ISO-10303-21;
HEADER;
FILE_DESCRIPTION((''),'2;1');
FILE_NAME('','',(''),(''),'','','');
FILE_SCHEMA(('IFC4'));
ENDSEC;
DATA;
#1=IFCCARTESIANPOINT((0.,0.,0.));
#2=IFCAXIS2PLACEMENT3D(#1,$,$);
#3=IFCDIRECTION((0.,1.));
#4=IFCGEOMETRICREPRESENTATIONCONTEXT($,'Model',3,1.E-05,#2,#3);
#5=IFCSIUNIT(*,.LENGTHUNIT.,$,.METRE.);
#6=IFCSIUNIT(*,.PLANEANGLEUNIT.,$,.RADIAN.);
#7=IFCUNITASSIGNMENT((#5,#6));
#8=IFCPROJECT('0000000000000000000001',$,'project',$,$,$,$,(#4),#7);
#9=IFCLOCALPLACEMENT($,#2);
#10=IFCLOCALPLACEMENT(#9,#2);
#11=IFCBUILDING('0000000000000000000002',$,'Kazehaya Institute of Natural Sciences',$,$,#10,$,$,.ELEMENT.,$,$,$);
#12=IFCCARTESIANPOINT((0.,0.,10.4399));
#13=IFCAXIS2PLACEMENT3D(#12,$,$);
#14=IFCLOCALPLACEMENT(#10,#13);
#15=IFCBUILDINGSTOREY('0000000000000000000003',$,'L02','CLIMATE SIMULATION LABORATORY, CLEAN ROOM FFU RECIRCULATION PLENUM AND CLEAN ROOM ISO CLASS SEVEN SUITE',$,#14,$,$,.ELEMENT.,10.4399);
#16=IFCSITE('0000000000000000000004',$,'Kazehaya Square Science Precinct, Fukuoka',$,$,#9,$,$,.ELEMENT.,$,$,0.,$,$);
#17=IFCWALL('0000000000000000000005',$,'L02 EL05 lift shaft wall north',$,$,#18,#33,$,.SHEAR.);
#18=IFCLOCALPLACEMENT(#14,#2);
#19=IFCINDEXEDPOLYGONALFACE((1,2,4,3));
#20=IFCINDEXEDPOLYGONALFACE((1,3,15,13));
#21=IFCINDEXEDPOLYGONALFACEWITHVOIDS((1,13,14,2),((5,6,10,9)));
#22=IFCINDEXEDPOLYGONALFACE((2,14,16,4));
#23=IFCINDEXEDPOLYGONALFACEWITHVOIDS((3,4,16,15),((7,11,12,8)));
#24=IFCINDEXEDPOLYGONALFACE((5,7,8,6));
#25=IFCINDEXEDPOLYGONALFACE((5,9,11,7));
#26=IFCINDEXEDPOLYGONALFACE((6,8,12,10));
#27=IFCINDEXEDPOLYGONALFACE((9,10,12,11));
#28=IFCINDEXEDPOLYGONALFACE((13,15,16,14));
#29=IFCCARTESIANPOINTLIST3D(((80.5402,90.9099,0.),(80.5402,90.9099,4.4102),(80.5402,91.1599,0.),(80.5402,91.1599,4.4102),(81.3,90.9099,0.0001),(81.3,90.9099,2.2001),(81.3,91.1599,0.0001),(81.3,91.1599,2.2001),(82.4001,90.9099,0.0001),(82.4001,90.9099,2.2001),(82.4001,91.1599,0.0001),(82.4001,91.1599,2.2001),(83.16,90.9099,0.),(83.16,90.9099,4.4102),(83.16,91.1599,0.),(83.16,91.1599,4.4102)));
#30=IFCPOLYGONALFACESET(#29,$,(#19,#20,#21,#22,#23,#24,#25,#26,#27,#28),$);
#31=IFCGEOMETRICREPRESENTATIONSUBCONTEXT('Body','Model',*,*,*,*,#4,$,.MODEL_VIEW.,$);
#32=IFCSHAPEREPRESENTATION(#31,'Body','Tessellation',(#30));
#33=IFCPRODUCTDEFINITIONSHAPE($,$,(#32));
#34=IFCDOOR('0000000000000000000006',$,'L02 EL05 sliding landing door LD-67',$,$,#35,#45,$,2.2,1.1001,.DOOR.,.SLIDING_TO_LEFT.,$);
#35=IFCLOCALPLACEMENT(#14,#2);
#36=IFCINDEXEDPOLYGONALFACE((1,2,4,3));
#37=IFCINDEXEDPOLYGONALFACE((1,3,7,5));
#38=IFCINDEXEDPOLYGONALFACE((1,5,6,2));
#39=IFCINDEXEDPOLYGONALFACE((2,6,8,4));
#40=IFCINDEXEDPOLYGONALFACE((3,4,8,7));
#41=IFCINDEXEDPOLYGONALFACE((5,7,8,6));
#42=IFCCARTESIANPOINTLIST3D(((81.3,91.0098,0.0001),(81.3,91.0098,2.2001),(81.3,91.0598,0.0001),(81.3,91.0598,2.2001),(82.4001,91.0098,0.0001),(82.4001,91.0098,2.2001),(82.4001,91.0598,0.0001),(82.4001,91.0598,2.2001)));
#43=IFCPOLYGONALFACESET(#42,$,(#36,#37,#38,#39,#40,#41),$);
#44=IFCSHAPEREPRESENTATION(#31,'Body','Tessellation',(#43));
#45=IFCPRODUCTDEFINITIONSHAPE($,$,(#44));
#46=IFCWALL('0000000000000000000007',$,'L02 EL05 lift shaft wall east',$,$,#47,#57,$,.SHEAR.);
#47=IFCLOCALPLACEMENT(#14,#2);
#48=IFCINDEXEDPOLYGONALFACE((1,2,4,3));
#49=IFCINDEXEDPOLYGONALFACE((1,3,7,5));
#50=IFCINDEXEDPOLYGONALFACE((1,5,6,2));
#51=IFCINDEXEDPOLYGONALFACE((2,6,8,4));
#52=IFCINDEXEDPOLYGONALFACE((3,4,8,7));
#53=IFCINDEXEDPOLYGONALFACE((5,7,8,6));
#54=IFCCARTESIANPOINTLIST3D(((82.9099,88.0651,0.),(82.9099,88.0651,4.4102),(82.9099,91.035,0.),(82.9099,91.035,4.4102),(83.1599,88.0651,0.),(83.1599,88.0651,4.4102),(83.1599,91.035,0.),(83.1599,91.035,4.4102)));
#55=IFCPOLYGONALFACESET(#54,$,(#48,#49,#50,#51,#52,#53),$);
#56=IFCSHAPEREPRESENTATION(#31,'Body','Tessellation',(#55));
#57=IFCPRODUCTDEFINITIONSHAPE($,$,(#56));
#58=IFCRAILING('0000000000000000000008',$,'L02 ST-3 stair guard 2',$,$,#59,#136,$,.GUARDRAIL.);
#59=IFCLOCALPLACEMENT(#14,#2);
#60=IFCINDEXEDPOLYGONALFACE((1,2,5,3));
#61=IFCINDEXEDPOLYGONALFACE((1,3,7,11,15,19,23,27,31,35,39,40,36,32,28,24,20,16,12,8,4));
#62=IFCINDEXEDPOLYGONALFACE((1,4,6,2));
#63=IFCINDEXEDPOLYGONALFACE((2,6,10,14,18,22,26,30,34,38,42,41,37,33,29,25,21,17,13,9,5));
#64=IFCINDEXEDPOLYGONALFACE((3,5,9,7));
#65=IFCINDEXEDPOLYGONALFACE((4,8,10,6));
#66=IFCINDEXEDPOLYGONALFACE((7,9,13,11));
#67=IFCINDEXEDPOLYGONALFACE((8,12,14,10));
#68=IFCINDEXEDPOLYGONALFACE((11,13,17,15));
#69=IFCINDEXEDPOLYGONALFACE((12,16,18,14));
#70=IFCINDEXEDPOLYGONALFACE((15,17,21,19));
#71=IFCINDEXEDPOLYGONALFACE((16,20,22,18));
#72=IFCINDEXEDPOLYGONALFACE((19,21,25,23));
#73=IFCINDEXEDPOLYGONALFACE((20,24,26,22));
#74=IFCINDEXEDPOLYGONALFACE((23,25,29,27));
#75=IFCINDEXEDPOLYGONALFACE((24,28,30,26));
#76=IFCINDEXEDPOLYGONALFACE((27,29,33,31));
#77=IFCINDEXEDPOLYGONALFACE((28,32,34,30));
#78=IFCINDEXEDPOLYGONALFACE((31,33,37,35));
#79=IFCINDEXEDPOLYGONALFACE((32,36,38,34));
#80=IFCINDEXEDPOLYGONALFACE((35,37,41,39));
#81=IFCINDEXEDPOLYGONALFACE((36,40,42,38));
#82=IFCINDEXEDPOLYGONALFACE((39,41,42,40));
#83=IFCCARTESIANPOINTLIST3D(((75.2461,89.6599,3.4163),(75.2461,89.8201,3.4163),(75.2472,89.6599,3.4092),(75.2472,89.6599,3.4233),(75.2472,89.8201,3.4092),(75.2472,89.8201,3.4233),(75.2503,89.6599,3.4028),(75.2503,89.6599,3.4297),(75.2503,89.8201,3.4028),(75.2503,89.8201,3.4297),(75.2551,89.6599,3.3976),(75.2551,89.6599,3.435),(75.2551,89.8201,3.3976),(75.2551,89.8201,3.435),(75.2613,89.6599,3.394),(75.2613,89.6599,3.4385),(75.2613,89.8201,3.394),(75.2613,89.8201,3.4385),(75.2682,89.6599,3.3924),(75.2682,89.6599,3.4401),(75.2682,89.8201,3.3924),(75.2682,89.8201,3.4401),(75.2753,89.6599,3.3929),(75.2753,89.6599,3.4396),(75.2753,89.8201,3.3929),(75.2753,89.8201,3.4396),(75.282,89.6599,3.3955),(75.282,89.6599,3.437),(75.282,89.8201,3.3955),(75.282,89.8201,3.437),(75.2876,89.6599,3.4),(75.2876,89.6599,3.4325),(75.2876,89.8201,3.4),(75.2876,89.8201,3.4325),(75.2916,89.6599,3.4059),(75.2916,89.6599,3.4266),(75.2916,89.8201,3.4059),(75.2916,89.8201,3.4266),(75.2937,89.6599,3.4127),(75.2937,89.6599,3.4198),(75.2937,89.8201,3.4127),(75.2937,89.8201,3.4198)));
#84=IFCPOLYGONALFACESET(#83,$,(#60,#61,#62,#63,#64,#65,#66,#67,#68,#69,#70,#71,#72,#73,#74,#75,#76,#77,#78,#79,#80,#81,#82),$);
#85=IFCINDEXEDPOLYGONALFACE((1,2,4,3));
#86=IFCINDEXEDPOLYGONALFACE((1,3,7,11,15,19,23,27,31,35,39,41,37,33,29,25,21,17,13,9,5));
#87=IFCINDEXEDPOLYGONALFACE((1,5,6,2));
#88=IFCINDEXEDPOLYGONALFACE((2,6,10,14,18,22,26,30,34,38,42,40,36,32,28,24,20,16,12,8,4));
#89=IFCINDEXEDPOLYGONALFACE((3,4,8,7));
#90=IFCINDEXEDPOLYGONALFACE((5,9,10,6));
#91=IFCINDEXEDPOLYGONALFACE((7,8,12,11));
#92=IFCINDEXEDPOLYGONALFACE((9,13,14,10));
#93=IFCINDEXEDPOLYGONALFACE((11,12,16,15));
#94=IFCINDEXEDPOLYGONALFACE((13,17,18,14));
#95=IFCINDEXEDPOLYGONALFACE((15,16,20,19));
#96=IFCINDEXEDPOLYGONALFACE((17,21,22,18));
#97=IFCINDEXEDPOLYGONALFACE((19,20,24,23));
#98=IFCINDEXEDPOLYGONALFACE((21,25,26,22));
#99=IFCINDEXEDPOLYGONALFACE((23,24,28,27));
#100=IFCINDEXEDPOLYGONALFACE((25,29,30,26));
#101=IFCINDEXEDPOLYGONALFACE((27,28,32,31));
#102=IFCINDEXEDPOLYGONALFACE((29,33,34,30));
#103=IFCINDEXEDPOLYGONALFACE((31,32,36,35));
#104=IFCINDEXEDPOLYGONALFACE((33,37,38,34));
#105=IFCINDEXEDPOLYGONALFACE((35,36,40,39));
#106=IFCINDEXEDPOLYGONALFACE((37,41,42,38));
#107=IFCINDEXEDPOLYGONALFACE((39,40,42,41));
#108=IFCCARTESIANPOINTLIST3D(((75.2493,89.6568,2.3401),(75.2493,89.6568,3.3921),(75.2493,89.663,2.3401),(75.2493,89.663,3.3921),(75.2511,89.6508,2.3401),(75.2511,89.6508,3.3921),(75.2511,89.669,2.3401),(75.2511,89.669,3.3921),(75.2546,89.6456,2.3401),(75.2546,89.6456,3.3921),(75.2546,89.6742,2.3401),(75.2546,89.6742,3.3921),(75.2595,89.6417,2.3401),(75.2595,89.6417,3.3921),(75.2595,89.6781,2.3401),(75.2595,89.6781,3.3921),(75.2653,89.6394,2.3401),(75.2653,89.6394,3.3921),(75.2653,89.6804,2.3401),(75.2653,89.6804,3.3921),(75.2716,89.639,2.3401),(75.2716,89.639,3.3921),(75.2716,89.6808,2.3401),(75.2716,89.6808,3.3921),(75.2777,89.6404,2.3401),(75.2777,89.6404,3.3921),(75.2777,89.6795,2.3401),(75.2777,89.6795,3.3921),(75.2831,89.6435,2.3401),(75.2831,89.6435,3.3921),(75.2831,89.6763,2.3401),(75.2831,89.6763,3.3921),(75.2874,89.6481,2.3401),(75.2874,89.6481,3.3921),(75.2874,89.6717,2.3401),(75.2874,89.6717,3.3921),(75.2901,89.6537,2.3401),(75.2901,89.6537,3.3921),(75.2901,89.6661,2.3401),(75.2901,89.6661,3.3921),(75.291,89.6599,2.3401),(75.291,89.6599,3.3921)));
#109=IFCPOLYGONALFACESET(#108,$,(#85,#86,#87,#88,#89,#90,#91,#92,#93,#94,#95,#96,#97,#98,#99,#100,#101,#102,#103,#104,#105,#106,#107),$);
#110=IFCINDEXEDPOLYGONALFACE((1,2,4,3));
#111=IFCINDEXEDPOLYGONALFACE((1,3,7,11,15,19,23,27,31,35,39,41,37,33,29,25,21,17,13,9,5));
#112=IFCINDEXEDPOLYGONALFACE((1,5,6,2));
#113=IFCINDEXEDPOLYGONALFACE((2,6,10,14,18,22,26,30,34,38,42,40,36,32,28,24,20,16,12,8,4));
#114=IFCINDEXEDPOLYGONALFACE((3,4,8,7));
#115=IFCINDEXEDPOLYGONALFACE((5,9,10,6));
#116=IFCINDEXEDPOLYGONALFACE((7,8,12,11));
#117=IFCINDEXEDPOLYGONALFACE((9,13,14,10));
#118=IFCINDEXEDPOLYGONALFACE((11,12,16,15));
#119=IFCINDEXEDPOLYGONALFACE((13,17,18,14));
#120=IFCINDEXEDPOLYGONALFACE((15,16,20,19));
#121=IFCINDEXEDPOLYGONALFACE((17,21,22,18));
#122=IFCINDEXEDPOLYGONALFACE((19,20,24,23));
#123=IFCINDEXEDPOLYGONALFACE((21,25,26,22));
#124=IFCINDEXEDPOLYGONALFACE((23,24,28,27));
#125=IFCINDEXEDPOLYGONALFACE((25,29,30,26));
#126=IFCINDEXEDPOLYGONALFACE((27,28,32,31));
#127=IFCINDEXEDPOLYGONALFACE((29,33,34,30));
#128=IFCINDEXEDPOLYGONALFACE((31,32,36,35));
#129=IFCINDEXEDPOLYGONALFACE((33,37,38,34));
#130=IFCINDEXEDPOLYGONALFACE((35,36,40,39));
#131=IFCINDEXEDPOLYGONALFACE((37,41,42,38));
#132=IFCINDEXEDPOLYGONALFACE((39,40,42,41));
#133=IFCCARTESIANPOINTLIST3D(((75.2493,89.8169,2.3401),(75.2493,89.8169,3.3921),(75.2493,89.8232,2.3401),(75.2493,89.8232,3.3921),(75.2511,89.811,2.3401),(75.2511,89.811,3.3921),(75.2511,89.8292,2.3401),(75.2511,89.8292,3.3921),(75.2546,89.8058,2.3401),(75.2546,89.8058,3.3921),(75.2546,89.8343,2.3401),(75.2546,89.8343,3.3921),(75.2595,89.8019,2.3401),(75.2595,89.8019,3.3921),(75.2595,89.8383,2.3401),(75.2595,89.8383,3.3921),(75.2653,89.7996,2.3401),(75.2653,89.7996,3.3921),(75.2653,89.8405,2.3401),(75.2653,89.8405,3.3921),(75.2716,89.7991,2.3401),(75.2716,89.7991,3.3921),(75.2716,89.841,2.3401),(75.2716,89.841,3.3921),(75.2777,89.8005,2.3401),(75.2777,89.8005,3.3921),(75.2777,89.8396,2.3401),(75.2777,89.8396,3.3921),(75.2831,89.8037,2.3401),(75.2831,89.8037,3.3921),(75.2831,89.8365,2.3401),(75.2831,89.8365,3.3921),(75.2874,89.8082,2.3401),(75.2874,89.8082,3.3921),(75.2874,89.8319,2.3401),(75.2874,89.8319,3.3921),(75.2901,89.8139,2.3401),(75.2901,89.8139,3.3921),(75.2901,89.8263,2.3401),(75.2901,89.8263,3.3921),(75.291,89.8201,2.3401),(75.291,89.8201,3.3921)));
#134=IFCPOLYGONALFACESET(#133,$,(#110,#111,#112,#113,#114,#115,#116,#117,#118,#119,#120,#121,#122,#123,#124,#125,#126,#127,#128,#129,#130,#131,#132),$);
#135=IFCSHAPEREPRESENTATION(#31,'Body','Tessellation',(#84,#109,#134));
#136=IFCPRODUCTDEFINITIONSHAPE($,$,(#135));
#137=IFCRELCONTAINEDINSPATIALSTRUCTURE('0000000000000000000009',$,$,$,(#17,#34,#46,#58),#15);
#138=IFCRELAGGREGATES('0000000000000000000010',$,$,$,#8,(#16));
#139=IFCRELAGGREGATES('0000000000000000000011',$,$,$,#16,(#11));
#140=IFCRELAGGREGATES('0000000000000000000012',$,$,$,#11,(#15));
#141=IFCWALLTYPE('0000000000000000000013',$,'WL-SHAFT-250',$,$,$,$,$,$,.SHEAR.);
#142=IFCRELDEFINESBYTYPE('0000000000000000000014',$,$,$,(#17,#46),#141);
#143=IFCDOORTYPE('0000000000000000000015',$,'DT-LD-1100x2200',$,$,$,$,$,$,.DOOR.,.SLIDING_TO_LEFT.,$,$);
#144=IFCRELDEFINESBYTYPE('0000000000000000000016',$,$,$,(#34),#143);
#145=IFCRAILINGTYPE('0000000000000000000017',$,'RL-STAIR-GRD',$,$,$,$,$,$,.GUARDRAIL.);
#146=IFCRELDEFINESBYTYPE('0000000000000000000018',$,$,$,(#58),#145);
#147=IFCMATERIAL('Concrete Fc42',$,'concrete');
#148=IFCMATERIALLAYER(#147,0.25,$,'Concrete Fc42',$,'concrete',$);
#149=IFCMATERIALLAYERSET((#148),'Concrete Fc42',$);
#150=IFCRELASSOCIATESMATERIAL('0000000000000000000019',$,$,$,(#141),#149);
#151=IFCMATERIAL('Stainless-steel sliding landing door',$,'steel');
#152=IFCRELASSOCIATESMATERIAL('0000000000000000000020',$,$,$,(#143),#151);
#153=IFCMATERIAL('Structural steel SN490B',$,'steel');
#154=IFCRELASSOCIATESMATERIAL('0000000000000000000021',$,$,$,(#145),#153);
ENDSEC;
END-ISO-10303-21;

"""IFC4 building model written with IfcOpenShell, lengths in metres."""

from ifc_helpers import new_model, si_unit, direction, frame, frame_2d, origin, origin_2d, place, context, subcontext, project, spatial, rectangle, circle, extrude, material, layer, layer_set, type_object, element, fill, save


model = new_model("IFC4")

# Units and contexts
model_context = context("Model", 3, precision=1e-05, world=origin(), true_north=direction((0.0, 1.0)))
body_context = subcontext(model_context, "Body", "Model", "MODEL_VIEW")
ifc_project = project(units=[si_unit("LENGTHUNIT", "METRE"), si_unit("PLANEANGLEUNIT", "RADIAN")], contexts=[model_context])

# Site, building, storey
site_placement = place(None, origin())
site = spatial("IfcSite", under=ifc_project, at=site_placement, Name="Kazehaya Square Science Precinct, Fukuoka", CompositionType="ELEMENT", RefElevation=0.0)
building_placement = place(site_placement, origin())
building = spatial("IfcBuilding", under=site, at=building_placement, Name="Kazehaya Institute of Natural Sciences", CompositionType="ELEMENT")
storey_placement = place(building_placement, frame((0.0, 0.0, 10.4399)))
storey = spatial("IfcBuildingStorey", under=building, at=storey_placement, Name="L02", Description="CLIMATE SIMULATION LABORATORY, CLEAN ROOM FFU RECIRCULATION PLENUM AND CLEAN ROOM ISO CLASS SEVEN SUITE", CompositionType="ELEMENT", Elevation=10.4399)

# Shared definitions
ifc_material_1 = material(Name="Concrete Fc42", Category="concrete")

# Shared definitions
ifc_layer_1 = layer(ifc_material_1, 0.25, Name="Concrete Fc42", Category="concrete")
ifc_layer_set_1 = layer_set([ifc_layer_1], Name="Concrete Fc42")
wall_type_1 = type_object("IfcWallType", Name="WL-SHAFT-250", PredefinedType="SHEAR", material=ifc_layer_set_1)
ifc_material_2 = material(Name="Stainless-steel sliding landing door", Category="steel")
door_type_1 = type_object("IfcDoorType", Name="DT-LD-1100x2200", OperationType="SLIDING_TO_LEFT", PredefinedType="DOOR", material=ifc_material_2)

# Wall, opening, door
wall_1_placement = place(storey_placement, frame((80.54, 91.0349, 0.0), z_axis=(0.0, 0.0, 1.0), x_axis=(1.0, 0.0, 0.0)))
wall_1 = element("IfcWall", 1, at=wall_1_placement, inside=storey, type_object=wall_type_1, Name="L02 EL05 lift shaft wall north", PredefinedType="SHEAR", context=body_context, shape_type="SweptSolid", body=[
    extrude(rectangle(XDim=2.6199, YDim=0.25, at=frame_2d((1.3101, 0.0))), origin(), (0.0, 0.0, 1.0), 4.4102),
])
opening_1_placement = place(wall_1_placement, frame((0.76, 0.0, 0.0)))
opening_1 = element("IfcOpeningElement", 2, at=opening_1_placement, cuts=wall_1, PredefinedType="OPENING", context=body_context, shape_type="SweptSolid", body=[
    extrude(rectangle(XDim=1.1001, YDim=2.2, at=frame_2d((0.55, 1.1001))), frame((0.0, 0.135, 0.0), z_axis=(0.0, -1.0, 0.0), x_axis=(1.0, 0.0, 0.0)), (0.0, 0.0, 1.0), 0.27),
])
door_1_placement = place(opening_1_placement, origin())
door_1 = element("IfcDoor", 3, at=door_1_placement, inside=storey, type_object=door_type_1, Name="L02 EL05 sliding landing door LD-67", OperationType="SLIDING_TO_LEFT", OverallHeight=2.2, OverallWidth=1.1001, PredefinedType="DOOR", context=body_context, shape_type="SweptSolid", body=[
    extrude(rectangle(XDim=1.1001, YDim=2.2, at=frame_2d((0.55, 1.1001))), frame((0.0, 0.0249, 0.0), z_axis=(0.0, -1.0, 0.0), x_axis=(1.0, 0.0, 0.0)), (0.0, 0.0, 1.0), 0.05),
])
fill(opening_1, door_1)

# Wall
wall_2_placement = place(storey_placement, frame((83.0349, 91.0349, 0.0), z_axis=(0.0, 0.0, 1.0), x_axis=(0.0, -1.0, 0.0)))
element("IfcWall", 4, at=wall_2_placement, inside=storey, type_object=wall_type_1, Name="L02 EL05 lift shaft wall east", PredefinedType="SHEAR", context=body_context, shape_type="SweptSolid", body=[
    extrude(rectangle(XDim=2.97, YDim=0.25, at=frame_2d((1.4849, 0.0))), origin(), (0.0, 0.0, 1.0), 4.4102),
])

# Railing
ifc_material_3 = material(Name="Structural steel SN490B", Category="steel")
railing_type_1 = type_object("IfcRailingType", Name="RL-STAIR-GRD", PredefinedType="GUARDRAIL", material=ifc_material_3)
railing_1_placement = place(storey_placement, frame((75.27, 89.6599, 2.3401)))
element("IfcRailing", 5, at=railing_1_placement, inside=storey, type_object=railing_type_1, Name="L02 ST-3 stair guard 2", PredefinedType="GUARDRAIL", context=body_context, shape_type="SweptSolid", body=[
    extrude(circle(Radius=0.0239, at=origin_2d()), frame((0.0, 0.0, 1.0762), z_axis=(0.0, 1.0, 0.0), x_axis=(-1.0, 0.0, 0.0)), (0.0, 0.0, 1.0), 0.1602),
    extrude(circle(Radius=0.021, at=origin_2d()), origin(), (0.0, 0.0, 1.0), 1.052),
    extrude(circle(Radius=0.021, at=origin_2d()), frame((0.0, 0.1602, 0.0)), (0.0, 0.0, 1.0), 1.052),
])

save(model, "model.ifc")
